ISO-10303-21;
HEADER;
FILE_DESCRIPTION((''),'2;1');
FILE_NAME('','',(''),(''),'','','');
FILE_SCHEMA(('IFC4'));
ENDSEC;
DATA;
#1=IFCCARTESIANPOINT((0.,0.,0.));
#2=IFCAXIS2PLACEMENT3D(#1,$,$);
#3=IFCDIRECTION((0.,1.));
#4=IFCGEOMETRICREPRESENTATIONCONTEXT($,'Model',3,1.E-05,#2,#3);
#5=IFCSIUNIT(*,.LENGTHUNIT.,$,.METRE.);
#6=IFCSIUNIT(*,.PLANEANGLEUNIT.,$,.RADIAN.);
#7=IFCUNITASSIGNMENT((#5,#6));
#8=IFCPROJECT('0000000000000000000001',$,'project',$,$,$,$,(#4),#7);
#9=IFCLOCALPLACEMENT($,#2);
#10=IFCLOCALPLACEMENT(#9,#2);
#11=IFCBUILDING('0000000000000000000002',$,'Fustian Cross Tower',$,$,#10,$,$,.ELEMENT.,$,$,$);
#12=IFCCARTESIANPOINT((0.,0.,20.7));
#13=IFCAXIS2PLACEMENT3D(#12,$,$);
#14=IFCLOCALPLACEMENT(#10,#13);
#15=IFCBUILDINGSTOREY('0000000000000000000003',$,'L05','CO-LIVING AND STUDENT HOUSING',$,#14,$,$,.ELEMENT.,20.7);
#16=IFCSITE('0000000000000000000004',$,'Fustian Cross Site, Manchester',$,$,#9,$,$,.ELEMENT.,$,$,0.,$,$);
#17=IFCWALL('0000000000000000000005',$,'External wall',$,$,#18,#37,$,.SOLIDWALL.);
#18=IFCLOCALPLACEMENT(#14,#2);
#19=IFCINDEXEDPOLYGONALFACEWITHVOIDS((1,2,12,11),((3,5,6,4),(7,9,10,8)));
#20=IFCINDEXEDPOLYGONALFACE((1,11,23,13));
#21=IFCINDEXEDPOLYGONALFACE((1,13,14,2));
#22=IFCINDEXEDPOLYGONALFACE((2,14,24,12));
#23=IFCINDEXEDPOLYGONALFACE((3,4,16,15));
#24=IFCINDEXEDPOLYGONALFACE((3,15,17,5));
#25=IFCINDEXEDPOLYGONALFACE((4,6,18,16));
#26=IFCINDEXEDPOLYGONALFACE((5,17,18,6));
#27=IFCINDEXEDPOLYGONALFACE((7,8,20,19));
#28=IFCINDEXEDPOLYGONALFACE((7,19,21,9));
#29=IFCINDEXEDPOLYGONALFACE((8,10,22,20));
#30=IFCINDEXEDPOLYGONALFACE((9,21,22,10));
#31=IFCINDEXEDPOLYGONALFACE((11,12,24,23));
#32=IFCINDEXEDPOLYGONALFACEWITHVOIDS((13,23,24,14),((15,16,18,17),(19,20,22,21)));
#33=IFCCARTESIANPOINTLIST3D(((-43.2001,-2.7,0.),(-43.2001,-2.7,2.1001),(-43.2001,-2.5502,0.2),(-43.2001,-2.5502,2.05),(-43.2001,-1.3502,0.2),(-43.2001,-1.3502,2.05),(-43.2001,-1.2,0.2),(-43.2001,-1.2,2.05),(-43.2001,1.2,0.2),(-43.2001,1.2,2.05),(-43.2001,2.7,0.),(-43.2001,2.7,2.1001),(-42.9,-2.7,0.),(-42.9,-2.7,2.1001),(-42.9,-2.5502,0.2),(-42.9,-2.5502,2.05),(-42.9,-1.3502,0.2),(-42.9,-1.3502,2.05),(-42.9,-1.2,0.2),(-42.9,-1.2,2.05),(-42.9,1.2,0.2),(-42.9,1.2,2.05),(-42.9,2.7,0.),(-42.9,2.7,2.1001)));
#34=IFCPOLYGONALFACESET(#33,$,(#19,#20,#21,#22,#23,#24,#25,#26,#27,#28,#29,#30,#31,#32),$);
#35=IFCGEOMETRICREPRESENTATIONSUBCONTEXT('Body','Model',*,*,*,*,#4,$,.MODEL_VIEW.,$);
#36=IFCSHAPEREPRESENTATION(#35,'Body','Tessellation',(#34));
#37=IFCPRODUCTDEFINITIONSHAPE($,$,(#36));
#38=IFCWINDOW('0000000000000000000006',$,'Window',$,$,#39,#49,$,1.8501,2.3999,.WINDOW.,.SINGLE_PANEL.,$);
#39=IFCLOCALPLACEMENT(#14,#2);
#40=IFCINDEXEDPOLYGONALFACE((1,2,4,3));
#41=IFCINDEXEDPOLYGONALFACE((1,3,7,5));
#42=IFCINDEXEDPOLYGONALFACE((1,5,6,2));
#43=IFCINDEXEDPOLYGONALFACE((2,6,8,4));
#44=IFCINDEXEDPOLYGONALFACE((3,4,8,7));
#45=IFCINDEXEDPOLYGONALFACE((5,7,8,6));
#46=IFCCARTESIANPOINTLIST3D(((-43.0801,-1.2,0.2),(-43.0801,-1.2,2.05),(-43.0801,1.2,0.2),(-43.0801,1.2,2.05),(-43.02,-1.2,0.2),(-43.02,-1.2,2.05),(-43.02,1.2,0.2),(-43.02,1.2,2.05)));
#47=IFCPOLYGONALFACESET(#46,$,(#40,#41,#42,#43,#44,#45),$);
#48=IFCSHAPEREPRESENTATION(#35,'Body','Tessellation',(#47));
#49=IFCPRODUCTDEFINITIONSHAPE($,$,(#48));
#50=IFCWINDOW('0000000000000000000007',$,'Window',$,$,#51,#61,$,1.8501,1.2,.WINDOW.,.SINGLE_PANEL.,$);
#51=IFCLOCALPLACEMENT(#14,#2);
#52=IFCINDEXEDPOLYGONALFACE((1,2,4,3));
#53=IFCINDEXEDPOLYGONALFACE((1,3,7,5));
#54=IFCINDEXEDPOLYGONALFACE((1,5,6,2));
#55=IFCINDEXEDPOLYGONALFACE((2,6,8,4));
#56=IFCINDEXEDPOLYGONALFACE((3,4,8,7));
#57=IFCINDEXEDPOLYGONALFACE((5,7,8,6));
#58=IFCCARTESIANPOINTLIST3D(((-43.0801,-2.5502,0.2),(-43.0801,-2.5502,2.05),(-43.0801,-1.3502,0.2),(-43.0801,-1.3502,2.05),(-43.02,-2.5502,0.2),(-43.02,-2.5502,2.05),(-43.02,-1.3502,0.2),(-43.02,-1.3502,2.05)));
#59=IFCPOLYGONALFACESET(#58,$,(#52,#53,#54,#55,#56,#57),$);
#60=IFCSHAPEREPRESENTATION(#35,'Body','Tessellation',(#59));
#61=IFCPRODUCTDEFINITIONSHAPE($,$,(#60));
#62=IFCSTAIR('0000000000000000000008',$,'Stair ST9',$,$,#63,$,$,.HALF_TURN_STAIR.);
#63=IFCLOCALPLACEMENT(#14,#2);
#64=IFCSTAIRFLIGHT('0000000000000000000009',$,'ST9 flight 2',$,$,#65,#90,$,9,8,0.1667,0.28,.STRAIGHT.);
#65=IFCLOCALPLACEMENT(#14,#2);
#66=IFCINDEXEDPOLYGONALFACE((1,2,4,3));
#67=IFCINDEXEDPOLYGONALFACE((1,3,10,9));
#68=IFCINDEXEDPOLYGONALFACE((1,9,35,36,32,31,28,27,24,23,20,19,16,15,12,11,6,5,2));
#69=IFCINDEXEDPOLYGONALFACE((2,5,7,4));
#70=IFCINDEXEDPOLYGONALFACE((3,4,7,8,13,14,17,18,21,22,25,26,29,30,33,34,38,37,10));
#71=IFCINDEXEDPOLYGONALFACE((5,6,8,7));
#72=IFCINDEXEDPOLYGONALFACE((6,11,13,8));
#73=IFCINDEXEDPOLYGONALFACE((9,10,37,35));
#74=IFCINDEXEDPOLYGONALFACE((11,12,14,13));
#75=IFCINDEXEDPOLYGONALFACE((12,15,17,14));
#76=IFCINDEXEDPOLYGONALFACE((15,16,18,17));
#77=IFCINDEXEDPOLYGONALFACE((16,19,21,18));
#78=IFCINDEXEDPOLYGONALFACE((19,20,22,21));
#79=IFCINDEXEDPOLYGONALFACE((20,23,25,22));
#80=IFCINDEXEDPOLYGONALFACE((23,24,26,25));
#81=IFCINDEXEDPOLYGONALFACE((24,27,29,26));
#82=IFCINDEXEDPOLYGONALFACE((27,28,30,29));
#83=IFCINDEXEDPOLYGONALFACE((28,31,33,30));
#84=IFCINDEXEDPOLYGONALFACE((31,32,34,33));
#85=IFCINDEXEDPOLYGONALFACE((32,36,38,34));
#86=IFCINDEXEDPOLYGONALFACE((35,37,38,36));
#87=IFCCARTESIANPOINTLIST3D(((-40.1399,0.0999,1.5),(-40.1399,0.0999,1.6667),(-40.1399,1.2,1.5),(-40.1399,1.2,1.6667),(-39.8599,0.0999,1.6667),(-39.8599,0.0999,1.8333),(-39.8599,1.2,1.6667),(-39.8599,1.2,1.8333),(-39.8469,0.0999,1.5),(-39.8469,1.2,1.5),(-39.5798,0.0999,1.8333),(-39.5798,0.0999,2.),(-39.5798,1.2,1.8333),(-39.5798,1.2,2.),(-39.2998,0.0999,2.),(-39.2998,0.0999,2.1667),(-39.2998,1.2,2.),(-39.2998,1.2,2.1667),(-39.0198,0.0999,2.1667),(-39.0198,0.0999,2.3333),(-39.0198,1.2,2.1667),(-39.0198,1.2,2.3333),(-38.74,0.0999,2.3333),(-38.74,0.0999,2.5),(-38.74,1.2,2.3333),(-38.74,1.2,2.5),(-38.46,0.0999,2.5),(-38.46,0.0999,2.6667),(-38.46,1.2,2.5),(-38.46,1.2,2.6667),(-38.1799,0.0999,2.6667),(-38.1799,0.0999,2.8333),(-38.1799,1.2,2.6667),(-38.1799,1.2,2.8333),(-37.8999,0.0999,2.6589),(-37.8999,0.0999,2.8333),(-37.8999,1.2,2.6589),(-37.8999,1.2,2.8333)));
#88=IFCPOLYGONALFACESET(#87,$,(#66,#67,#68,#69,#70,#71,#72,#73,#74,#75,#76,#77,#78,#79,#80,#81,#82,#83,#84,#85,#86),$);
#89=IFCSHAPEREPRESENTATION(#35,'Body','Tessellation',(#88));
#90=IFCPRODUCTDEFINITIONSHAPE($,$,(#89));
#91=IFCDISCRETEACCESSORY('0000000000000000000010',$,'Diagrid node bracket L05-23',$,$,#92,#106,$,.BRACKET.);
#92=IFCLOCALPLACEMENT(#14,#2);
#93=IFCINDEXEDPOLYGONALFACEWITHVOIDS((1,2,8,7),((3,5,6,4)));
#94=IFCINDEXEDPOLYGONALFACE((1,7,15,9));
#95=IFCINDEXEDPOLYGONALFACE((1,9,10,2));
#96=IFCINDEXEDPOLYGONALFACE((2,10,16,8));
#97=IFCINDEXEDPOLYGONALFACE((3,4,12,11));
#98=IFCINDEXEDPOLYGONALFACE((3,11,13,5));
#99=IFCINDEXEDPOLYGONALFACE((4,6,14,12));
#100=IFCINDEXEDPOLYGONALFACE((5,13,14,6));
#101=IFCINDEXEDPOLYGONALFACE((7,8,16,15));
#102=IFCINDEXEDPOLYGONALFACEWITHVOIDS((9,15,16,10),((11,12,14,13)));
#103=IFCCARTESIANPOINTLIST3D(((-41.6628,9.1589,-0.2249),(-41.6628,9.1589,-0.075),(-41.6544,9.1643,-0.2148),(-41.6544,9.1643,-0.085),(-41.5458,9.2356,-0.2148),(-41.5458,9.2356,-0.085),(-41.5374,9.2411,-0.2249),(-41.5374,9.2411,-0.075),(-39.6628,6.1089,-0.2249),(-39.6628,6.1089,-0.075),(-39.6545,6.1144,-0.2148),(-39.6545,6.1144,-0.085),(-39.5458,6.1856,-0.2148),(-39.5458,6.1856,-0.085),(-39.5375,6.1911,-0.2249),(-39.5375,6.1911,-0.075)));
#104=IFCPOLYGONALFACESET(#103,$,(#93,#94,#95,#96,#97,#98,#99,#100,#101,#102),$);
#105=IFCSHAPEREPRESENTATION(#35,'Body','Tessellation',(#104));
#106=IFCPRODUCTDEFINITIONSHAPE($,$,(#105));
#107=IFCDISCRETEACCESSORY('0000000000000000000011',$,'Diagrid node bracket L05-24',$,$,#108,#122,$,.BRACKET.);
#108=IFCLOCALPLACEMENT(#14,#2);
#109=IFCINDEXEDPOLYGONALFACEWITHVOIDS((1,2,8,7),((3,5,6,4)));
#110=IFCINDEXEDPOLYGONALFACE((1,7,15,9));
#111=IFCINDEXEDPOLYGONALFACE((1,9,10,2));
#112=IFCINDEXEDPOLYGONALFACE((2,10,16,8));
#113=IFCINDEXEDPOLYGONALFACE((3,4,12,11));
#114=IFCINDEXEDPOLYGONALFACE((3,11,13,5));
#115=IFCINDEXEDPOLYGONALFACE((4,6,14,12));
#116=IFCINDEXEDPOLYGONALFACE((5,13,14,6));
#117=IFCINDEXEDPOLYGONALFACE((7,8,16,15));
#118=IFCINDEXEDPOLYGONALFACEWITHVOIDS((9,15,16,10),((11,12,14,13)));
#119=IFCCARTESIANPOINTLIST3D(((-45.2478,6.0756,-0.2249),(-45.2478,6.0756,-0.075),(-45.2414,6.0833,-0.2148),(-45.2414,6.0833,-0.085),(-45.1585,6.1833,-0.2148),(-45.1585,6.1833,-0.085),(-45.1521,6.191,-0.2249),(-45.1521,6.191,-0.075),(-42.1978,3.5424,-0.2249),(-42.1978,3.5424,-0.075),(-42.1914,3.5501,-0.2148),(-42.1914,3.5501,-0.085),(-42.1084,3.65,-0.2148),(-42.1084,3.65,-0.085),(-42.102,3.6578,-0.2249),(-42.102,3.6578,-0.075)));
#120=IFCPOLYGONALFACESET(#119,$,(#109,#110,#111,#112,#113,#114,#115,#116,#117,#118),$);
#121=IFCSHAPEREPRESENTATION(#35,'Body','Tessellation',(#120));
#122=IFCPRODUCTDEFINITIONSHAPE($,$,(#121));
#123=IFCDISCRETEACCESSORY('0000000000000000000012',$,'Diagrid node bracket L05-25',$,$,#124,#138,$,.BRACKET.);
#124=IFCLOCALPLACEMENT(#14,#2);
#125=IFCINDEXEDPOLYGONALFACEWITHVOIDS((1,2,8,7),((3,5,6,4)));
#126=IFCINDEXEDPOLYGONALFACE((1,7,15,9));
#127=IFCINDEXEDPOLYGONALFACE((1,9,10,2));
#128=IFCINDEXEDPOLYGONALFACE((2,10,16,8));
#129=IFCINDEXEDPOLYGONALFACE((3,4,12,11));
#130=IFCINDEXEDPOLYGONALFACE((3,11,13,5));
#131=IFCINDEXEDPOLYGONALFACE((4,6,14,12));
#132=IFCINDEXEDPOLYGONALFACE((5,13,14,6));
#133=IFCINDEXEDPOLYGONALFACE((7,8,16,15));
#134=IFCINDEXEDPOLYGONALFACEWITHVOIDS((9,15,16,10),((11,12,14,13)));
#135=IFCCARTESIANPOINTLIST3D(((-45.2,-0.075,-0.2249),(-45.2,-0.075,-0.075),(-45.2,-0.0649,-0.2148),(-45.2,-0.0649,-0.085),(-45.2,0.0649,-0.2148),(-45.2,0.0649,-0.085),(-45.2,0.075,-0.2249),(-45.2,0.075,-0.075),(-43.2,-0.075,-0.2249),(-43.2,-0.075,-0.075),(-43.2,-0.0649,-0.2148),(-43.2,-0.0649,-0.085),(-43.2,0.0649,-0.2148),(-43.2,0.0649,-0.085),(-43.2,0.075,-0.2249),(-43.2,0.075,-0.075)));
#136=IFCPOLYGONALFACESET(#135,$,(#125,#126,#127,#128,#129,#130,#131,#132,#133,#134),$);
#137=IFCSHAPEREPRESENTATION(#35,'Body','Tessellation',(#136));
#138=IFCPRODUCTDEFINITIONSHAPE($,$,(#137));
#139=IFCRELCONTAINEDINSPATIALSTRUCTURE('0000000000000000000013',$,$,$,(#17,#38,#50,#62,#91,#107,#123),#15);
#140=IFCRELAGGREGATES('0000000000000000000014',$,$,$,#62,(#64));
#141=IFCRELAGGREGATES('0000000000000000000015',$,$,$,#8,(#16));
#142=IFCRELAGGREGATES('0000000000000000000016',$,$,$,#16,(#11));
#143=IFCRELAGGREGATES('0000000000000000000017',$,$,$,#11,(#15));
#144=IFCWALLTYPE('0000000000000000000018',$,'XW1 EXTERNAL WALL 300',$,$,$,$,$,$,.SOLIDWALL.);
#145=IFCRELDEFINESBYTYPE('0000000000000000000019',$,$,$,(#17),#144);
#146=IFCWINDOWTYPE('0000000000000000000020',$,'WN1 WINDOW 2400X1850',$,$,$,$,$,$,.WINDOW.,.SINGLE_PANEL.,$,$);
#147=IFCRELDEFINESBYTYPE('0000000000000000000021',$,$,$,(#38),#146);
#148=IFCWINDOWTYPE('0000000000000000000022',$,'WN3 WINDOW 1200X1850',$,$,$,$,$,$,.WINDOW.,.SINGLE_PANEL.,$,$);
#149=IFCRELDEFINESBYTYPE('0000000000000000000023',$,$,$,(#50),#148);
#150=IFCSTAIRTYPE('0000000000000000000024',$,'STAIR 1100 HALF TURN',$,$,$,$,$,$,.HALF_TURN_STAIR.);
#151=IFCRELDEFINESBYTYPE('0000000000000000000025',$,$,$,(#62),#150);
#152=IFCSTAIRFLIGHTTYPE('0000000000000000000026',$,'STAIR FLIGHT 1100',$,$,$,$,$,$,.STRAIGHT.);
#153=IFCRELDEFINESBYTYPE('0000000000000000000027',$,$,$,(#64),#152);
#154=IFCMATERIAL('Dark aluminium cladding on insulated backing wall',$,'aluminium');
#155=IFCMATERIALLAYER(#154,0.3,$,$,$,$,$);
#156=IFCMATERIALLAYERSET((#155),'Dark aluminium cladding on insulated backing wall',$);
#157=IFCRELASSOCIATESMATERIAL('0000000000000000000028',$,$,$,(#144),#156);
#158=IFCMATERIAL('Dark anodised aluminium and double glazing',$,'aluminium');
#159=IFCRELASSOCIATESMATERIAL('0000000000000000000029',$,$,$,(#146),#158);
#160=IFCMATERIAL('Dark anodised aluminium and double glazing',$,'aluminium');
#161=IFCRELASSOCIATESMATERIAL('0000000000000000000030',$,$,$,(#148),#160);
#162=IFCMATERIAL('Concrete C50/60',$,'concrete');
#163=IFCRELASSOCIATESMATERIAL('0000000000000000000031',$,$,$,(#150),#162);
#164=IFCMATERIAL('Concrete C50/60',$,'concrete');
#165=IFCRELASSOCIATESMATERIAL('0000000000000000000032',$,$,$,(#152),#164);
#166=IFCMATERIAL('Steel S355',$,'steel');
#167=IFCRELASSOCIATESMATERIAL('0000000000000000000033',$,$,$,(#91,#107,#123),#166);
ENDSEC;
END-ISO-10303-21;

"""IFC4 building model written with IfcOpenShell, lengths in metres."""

from ifc_helpers import new_model, si_unit, direction, frame, frame_2d, origin, origin_2d, place, context, subcontext, project, spatial, polyline, rectangle, hollow_rectangle, outline, extrude, material, layer, layer_set, type_object, element, fill, aggregate, save


model = new_model("IFC4")

# Units and contexts
model_context = context("Model", 3, precision=1e-05, world=origin(), true_north=direction((0.0, 1.0)))
body_context = subcontext(model_context, "Body", "Model", "MODEL_VIEW")
ifc_project = project(units=[si_unit("LENGTHUNIT", "METRE"), si_unit("PLANEANGLEUNIT", "RADIAN")], contexts=[model_context])

# Site, building, storey
site_placement = place(None, origin())
site = spatial("IfcSite", under=ifc_project, at=site_placement, Name="Fustian Cross Site, Manchester", CompositionType="ELEMENT", RefElevation=0.0)
building_placement = place(site_placement, origin())
building = spatial("IfcBuilding", under=site, at=building_placement, Name="Fustian Cross Tower", CompositionType="ELEMENT")
storey_placement = place(building_placement, frame((0.0, 0.0, 20.7)))
storey = spatial("IfcBuildingStorey", under=building, at=storey_placement, Name="L05", Description="CO-LIVING AND STUDENT HOUSING", CompositionType="ELEMENT", Elevation=20.7)

# Shared definitions
ifc_material_1 = material(Name="Dark aluminium cladding on insulated backing wall", Category="aluminium")
ifc_layer = layer(ifc_material_1, 0.3)
ifc_layer_set = layer_set([ifc_layer], Name="Dark aluminium cladding on insulated backing wall")
wall_type = type_object("IfcWallType", Name="XW1 EXTERNAL WALL 300", PredefinedType="SOLIDWALL", material=ifc_layer_set)

# Wall, openings, windows
wall_1_placement = place(storey_placement, frame((-43.05, 2.7, 0.0), z_axis=(0.0, 0.0, 1.0), x_axis=(0.0, -1.0, 0.0)))
wall_1 = element("IfcWall", 1, at=wall_1_placement, inside=storey, type_object=wall_type, Name="External wall", PredefinedType="SOLIDWALL", context=body_context, shape_type="SweptSolid", body=[
    extrude(rectangle(XDim=5.3999, YDim=0.3, at=frame_2d((2.7, 0.0))), origin(), (0.0, 0.0, 1.0), 2.1001),
])
opening_1_placement = place(wall_1_placement, frame((1.5, 0.0, 0.2)))
opening_1 = element("IfcOpeningElement", 2, at=opening_1_placement, cuts=wall_1, PredefinedType="OPENING", context=body_context, shape_type="SweptSolid", body=[
    extrude(rectangle(XDim=2.3999, YDim=1.8501, at=frame_2d((1.2, 0.925))), frame((0.0, 0.1599, 0.0), z_axis=(0.0, -1.0, 0.0), x_axis=(1.0, 0.0, 0.0)), (0.0, 0.0, 1.0), 0.3201),
])
opening_2_placement = place(wall_1_placement, frame((4.05, 0.0, 0.2)))
opening_2 = element("IfcOpeningElement", 3, at=opening_2_placement, cuts=wall_1, PredefinedType="OPENING", context=body_context, shape_type="SweptSolid", body=[
    extrude(rectangle(XDim=1.2, YDim=1.8501, at=frame_2d((0.6001, 0.925))), frame((0.0, 0.1599, 0.0), z_axis=(0.0, -1.0, 0.0), x_axis=(1.0, 0.0, 0.0)), (0.0, 0.0, 1.0), 0.3201),
])
ifc_material_2 = material(Name="Dark anodised aluminium and double glazing", Category="aluminium")
window_type_1 = type_object("IfcWindowType", Name="WN1 WINDOW 2400X1850", PartitioningType="SINGLE_PANEL", PredefinedType="WINDOW", material=ifc_material_2)
window_1_placement = place(opening_1_placement, origin())
window_1 = element("IfcWindow", 4, at=window_1_placement, inside=storey, type_object=window_type_1, Name="Window", OverallHeight=1.8501, OverallWidth=2.3999, PartitioningType="SINGLE_PANEL", PredefinedType="WINDOW", context=body_context, shape_type="SweptSolid", body=[
    extrude(rectangle(XDim=2.3999, YDim=1.8501, at=frame_2d((1.2, 0.925))), frame((0.0, 0.03, 0.0), z_axis=(0.0, -1.0, 0.0), x_axis=(1.0, 0.0, 0.0)), (0.0, 0.0, 1.0), 0.0601),
])
fill(opening_1, window_1)
ifc_material_3 = material(Name="Dark anodised aluminium and double glazing", Category="aluminium")
window_type_2 = type_object("IfcWindowType", Name="WN3 WINDOW 1200X1850", PartitioningType="SINGLE_PANEL", PredefinedType="WINDOW", material=ifc_material_3)
window_2_placement = place(opening_2_placement, origin())
window_2 = element("IfcWindow", 5, at=window_2_placement, inside=storey, type_object=window_type_2, Name="Window", OverallHeight=1.8501, OverallWidth=1.2, PartitioningType="SINGLE_PANEL", PredefinedType="WINDOW", context=body_context, shape_type="SweptSolid", body=[
    extrude(rectangle(XDim=1.2, YDim=1.8501, at=frame_2d((0.6001, 0.925))), frame((0.0, 0.03, 0.0), z_axis=(0.0, -1.0, 0.0), x_axis=(1.0, 0.0, 0.0)), (0.0, 0.0, 1.0), 0.0601),
])
fill(opening_2, window_2)

# Stair, stair flight
ifc_material_4 = material(Name="Concrete C50/60", Category="concrete")
stair_type = type_object("IfcStairType", Name="STAIR 1100 HALF TURN", PredefinedType="HALF_TURN_STAIR", material=ifc_material_4)
stair_placement = place(storey_placement, origin())
stair = element("IfcStair", 6, at=stair_placement, inside=storey, type_object=stair_type, Name="Stair ST9", PredefinedType="HALF_TURN_STAIR")
ifc_material_5 = material(Name="Concrete C50/60", Category="concrete")
stair_flight_type = type_object("IfcStairFlightType", Name="STAIR FLIGHT 1100", PredefinedType="STRAIGHT", material=ifc_material_5)
stair_flight_placement = place(storey_placement, frame((-40.1399, 0.6499, 1.5), z_axis=(0.0, 0.0, 1.0), x_axis=(1.0, 0.0, 0.0)))
stair_flight = element("IfcStairFlight", 7, at=stair_flight_placement, type_object=stair_flight_type, Name="ST9 flight 2", NumberOfRisers=9, NumberOfTreads=8, PredefinedType="STRAIGHT", RiserHeight=0.1667, TreadLength=0.28, context=body_context, shape_type="SweptSolid", body=[
    extrude(outline(polyline([(0.0, 0.0), (0.0, 0.1667), (0.28, 0.1667), (0.28, 0.3333), (0.5601, 0.3333), (0.5601, 0.5), (0.8401, 0.5), (0.8401, 0.6667), (1.1201, 0.6667), (1.1201, 0.8333), (1.3999, 0.8333), (1.3999, 1.0), (1.6799, 1.0), (1.6799, 1.1667), (1.96, 1.1667), (1.96, 1.3333), (2.24, 1.3333), (2.24, 1.5), (2.24, 1.1589), (0.293, 0.0), (0.0, 0.0)])), frame((0.0, 0.55, 0.0), z_axis=(0.0, -1.0, 0.0), x_axis=(1.0, 0.0, 0.0)), (0.0, 0.0, 1.0), 1.1001),
])
aggregate(stair, [stair_flight])

# Discrete accessories
ifc_material_6 = material(Name="Steel S355", Category="steel")
discrete_accessory_1_placement = place(storey_placement, frame((-41.6001, 9.2, -0.1499), z_axis=(0.548351, -0.836248, 0.0), x_axis=(0.836248, 0.548351, 0.0)))
element("IfcDiscreteAccessory", 8, at=discrete_accessory_1_placement, inside=storey, material=ifc_material_6, Name="Diagrid node bracket L05-23", PredefinedType="BRACKET", context=body_context, shape_type="SweptSolid", body=[
    extrude(hollow_rectangle(XDim=0.1499, YDim=0.1499, WallThickness=0.01, at=origin_2d()), origin(), (0.0, 0.0, 1.0), 3.6472),
])
discrete_accessory_2_placement = place(storey_placement, frame((-45.2, 6.1333, -0.1499), z_axis=(0.769275, -0.638918, 0.0), x_axis=(0.638918, 0.769275, 0.0)))
element("IfcDiscreteAccessory", 9, at=discrete_accessory_2_placement, inside=storey, material=ifc_material_6, Name="Diagrid node bracket L05-24", PredefinedType="BRACKET", context=body_context, shape_type="SweptSolid", body=[
    extrude(hollow_rectangle(XDim=0.1499, YDim=0.1499, WallThickness=0.01, at=origin_2d()), origin(), (0.0, 0.0, 1.0), 3.9648),
])
discrete_accessory_3_placement = place(storey_placement, frame((-45.2, 0.0, -0.1499), z_axis=(1.0, 0.0, 0.0), x_axis=(0.0, 1.0, 0.0)))
element("IfcDiscreteAccessory", 10, at=discrete_accessory_3_placement, inside=storey, material=ifc_material_6, Name="Diagrid node bracket L05-25", PredefinedType="BRACKET", context=body_context, shape_type="SweptSolid", body=[
    extrude(hollow_rectangle(XDim=0.1499, YDim=0.1499, WallThickness=0.01, at=origin_2d()), origin(), (0.0, 0.0, 1.0), 2.0),
])

save(model, "model.ifc")
